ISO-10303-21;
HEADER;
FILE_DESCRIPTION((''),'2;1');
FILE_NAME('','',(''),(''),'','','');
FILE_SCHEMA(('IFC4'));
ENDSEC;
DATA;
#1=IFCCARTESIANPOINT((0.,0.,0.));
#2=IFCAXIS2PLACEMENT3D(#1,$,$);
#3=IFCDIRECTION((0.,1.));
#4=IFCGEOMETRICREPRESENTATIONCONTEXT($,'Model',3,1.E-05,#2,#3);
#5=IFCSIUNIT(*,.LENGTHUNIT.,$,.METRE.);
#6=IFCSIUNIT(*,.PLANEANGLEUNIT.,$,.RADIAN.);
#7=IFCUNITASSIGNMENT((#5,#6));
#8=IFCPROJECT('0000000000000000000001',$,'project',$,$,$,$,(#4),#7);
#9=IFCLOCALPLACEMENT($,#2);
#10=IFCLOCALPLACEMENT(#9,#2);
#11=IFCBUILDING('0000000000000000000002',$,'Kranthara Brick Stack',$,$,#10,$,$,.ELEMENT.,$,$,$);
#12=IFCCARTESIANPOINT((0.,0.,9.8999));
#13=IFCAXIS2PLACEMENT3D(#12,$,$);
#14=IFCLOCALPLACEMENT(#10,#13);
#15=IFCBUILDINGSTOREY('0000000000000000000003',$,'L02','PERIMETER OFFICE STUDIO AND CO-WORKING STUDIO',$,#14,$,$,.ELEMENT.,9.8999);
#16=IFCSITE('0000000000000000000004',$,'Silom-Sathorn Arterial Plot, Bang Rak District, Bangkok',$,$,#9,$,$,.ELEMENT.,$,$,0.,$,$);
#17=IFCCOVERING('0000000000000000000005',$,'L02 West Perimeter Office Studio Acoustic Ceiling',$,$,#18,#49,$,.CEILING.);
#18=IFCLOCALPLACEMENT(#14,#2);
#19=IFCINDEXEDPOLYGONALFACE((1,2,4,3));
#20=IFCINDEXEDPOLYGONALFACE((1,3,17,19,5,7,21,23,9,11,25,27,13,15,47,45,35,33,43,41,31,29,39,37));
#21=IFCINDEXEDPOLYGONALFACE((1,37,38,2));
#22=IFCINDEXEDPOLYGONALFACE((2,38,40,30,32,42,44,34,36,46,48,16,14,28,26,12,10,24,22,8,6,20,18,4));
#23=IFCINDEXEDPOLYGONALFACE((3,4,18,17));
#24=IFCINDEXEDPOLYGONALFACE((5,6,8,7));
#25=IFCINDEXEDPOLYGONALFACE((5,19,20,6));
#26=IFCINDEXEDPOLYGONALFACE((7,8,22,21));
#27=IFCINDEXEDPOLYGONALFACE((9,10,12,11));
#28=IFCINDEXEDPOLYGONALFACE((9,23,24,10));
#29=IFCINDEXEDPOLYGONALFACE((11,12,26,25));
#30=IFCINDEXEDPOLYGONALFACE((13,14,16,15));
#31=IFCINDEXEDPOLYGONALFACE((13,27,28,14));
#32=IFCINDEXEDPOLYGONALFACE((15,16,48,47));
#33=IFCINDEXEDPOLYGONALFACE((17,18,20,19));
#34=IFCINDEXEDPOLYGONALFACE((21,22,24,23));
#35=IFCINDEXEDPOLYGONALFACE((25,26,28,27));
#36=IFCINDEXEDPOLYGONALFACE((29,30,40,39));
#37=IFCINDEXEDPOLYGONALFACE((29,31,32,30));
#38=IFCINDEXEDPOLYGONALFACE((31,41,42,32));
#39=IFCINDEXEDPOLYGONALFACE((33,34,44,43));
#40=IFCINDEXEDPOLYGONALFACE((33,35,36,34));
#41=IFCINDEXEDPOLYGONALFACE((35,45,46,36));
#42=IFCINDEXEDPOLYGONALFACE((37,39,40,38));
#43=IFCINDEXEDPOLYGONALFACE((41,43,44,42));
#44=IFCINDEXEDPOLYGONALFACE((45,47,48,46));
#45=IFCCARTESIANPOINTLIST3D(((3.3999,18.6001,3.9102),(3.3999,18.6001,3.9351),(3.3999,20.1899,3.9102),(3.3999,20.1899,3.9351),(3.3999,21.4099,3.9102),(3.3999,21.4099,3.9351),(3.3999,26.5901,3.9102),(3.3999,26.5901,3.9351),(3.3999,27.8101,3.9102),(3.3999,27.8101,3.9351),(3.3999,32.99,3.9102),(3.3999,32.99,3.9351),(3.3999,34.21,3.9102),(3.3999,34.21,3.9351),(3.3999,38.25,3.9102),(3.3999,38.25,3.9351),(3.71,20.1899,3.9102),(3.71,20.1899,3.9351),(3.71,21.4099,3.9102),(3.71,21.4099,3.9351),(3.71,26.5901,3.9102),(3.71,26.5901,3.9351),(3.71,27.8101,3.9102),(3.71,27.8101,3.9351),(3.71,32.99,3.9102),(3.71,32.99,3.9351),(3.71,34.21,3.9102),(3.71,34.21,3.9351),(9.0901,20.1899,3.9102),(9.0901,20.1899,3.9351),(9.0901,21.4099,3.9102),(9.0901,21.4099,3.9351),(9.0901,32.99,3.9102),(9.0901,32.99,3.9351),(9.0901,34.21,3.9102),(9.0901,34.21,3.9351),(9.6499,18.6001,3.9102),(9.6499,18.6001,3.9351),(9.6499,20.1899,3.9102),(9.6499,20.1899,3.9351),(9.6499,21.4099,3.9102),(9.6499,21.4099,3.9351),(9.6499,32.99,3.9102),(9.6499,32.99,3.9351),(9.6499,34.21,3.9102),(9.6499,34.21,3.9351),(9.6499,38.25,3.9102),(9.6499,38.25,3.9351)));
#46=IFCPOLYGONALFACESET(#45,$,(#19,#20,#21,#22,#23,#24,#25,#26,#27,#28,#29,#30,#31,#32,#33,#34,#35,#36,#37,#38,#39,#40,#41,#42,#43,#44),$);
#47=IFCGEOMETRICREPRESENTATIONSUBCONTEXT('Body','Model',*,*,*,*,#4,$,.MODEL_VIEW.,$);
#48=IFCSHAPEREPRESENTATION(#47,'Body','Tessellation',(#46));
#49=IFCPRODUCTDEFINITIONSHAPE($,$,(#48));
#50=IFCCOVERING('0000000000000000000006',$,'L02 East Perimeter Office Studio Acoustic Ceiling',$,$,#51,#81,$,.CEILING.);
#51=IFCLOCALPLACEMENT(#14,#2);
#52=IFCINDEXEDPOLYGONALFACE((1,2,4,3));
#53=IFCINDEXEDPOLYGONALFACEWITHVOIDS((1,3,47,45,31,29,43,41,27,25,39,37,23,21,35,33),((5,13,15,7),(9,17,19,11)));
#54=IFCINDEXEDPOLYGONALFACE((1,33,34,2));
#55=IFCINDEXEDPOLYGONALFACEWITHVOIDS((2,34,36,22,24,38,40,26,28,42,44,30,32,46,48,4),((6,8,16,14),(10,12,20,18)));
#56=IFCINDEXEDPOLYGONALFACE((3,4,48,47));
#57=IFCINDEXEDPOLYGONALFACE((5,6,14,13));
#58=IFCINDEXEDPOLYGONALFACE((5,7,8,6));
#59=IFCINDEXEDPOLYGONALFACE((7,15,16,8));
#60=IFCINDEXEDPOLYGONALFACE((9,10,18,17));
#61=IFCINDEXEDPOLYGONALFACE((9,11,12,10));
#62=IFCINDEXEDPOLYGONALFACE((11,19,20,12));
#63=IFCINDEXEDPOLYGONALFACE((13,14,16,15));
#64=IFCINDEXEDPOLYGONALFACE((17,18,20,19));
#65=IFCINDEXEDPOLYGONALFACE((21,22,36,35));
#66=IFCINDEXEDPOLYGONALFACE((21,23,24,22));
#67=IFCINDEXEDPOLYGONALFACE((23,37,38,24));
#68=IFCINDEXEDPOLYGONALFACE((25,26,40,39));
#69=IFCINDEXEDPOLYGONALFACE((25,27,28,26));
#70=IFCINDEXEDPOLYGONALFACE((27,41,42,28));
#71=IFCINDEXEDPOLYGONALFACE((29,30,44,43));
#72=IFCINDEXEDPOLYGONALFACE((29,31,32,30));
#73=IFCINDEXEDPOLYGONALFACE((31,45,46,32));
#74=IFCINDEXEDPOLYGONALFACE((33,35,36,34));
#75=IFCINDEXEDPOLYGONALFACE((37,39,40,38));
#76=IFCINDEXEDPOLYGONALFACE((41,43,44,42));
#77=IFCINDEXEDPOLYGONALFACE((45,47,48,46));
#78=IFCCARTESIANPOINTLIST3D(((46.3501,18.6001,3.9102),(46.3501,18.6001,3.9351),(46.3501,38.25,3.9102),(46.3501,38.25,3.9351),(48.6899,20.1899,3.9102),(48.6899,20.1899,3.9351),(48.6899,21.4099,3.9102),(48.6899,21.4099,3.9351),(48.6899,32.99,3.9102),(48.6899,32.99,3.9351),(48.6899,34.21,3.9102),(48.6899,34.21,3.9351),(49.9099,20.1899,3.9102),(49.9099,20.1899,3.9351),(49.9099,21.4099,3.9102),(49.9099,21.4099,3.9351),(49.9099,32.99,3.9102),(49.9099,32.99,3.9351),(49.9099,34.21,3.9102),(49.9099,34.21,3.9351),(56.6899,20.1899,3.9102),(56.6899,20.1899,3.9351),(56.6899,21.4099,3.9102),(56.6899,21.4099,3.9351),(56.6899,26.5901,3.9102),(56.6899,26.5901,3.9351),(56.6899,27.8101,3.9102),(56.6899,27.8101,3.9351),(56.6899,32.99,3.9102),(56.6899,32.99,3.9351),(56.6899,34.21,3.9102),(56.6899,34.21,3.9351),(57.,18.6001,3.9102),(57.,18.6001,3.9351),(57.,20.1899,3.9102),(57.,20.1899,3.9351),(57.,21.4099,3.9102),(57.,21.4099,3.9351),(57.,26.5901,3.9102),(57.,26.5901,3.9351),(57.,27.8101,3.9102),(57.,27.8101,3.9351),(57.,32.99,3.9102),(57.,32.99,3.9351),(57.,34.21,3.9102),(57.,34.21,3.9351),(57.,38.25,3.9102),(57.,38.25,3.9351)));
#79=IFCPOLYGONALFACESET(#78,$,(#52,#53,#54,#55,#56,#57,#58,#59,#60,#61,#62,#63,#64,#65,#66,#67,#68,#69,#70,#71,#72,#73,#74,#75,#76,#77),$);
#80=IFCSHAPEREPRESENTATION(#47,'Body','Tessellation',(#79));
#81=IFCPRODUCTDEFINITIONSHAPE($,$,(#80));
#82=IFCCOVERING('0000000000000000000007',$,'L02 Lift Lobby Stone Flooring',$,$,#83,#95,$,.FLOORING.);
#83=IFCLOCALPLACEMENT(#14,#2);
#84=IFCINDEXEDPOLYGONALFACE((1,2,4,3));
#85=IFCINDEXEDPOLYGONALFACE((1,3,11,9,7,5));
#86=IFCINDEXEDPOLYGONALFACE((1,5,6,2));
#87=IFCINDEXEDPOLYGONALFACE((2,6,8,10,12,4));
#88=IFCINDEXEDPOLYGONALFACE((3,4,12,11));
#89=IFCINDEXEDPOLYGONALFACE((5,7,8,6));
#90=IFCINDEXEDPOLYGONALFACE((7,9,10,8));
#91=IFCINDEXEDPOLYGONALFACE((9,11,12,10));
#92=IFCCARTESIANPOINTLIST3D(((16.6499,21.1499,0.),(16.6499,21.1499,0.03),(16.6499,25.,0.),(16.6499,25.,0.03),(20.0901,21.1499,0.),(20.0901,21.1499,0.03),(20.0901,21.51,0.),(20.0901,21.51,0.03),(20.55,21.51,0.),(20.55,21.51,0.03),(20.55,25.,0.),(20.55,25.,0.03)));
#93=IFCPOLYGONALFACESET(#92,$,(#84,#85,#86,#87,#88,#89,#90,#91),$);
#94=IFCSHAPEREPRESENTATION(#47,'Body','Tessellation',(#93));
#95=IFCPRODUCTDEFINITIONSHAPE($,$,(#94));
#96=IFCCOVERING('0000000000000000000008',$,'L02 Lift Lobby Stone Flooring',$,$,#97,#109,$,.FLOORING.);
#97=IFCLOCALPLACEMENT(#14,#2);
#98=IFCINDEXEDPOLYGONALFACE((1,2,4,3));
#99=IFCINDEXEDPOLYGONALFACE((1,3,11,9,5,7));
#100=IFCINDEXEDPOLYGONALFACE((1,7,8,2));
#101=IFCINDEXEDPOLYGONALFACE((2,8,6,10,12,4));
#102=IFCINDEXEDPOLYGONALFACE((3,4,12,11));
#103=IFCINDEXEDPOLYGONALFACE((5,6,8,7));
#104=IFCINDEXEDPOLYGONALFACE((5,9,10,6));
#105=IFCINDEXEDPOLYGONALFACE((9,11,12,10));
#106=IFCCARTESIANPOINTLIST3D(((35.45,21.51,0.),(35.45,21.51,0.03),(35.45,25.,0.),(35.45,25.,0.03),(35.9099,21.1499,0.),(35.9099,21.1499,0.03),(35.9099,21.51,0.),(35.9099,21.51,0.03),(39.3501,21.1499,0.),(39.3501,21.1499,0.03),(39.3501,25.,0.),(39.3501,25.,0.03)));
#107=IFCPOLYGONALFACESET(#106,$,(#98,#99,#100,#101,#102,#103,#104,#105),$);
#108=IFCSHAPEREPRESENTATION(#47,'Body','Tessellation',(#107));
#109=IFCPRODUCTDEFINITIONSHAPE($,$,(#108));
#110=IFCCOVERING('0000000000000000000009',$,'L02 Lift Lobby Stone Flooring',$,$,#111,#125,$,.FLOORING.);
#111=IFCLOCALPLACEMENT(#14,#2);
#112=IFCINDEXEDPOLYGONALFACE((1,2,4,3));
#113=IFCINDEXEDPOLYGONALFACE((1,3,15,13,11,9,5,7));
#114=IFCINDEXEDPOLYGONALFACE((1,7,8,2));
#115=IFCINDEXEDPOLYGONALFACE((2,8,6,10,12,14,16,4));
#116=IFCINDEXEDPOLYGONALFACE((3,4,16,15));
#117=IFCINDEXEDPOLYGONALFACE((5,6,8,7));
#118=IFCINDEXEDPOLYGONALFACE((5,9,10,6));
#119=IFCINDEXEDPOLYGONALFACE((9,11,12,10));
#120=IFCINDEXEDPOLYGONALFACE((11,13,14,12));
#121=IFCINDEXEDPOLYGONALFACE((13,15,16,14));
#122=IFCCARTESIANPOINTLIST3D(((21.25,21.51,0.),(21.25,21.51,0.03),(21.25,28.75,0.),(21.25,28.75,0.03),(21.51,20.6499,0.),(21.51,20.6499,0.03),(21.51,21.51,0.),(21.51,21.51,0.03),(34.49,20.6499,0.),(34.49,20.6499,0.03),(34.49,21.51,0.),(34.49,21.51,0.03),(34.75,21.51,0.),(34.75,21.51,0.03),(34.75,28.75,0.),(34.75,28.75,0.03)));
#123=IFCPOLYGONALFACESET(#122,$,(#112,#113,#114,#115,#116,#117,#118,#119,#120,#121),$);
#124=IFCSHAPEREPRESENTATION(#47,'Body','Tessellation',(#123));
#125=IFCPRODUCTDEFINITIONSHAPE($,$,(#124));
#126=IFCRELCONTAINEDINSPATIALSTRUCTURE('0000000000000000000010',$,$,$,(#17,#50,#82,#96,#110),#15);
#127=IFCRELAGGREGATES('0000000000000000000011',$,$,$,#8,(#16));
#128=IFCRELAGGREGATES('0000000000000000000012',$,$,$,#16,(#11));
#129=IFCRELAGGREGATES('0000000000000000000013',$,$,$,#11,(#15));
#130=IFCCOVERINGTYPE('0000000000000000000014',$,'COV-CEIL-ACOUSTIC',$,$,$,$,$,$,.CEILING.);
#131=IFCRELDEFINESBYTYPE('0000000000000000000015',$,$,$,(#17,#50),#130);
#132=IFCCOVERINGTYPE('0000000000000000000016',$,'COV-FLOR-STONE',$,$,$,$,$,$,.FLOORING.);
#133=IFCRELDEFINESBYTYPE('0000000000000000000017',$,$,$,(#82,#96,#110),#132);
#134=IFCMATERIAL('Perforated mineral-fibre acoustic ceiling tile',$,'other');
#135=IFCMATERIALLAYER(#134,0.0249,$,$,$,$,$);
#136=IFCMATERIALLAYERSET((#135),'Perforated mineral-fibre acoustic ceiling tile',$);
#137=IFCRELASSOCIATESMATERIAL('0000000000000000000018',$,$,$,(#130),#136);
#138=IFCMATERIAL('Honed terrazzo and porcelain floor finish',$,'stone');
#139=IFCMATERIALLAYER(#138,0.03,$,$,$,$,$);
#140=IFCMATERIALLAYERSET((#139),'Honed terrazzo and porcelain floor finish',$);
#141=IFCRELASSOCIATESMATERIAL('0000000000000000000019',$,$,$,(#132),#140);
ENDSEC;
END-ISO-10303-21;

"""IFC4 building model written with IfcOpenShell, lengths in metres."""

from ifc_helpers import new_model, si_unit, direction, frame, origin, place, context, subcontext, project, spatial, polyline, outline, extrude, material, layer, layer_set, type_object, element, save


model = new_model("IFC4")

# Units and contexts
model_context = context("Model", 3, precision=1e-05, world=origin(), true_north=direction((0.0, 1.0)))
body_context = subcontext(model_context, "Body", "Model", "MODEL_VIEW")
ifc_project = project(units=[si_unit("LENGTHUNIT", "METRE"), si_unit("PLANEANGLEUNIT", "RADIAN")], contexts=[model_context])

# Site, building, storey
site_placement = place(None, origin())
site = spatial("IfcSite", under=ifc_project, at=site_placement, Name="Silom-Sathorn Arterial Plot, Bang Rak District, Bangkok", CompositionType="ELEMENT", RefElevation=0.0)
building_placement = place(site_placement, origin())
building = spatial("IfcBuilding", under=site, at=building_placement, Name="Kranthara Brick Stack", CompositionType="ELEMENT")
storey_placement = place(building_placement, frame((0.0, 0.0, 9.8999)))
storey = spatial("IfcBuildingStorey", under=building, at=storey_placement, Name="L02", Description="PERIMETER OFFICE STUDIO AND CO-WORKING STUDIO", CompositionType="ELEMENT", Elevation=9.8999)

# Coverings
ifc_material_1 = material(Name="Perforated mineral-fibre acoustic ceiling tile", Category="other")
ifc_layer_1 = layer(ifc_material_1, 0.0249)
ifc_layer_set_1 = layer_set([ifc_layer_1], Name="Perforated mineral-fibre acoustic ceiling tile")
covering_type_1 = type_object("IfcCoveringType", Name="COV-CEIL-ACOUSTIC", PredefinedType="CEILING", material=ifc_layer_set_1)
covering_1_placement = place(storey_placement, frame((0.0, 0.0, 3.9102)))
element("IfcCovering", 1, at=covering_1_placement, inside=storey, type_object=covering_type_1, Name="L02 West Perimeter Office Studio Acoustic Ceiling", PredefinedType="CEILING", context=body_context, shape_type="SweptSolid", body=[
    extrude(outline(polyline([(3.3999, 20.1899), (3.71, 20.1899), (3.71, 21.4099), (3.3999, 21.4099), (3.3999, 26.5901), (3.71, 26.5901), (3.71, 27.8101), (3.3999, 27.8101), (3.3999, 32.99), (3.71, 32.99), (3.71, 34.21), (3.3999, 34.21), (3.3999, 38.25), (9.6499, 38.25), (9.6499, 34.21), (9.0901, 34.21), (9.0901, 32.99), (9.6499, 32.99), (9.6499, 21.4099), (9.0901, 21.4099), (9.0901, 20.1899), (9.6499, 20.1899), (9.6499, 18.6001), (3.3999, 18.6001), (3.3999, 20.1899)])), origin(), (0.0, 0.0, 1.0), 0.0249),
])
covering_2_placement = place(storey_placement, frame((0.0, 0.0, 3.9102)))
element("IfcCovering", 2, at=covering_2_placement, inside=storey, type_object=covering_type_1, Name="L02 East Perimeter Office Studio Acoustic Ceiling", PredefinedType="CEILING", context=body_context, shape_type="SweptSolid", body=[
    extrude(outline(polyline([(57.0, 34.21), (56.6899, 34.21), (56.6899, 32.99), (57.0, 32.99), (57.0, 27.8101), (56.6899, 27.8101), (56.6899, 26.5901), (57.0, 26.5901), (57.0, 21.4099), (56.6899, 21.4099), (56.6899, 20.1899), (57.0, 20.1899), (57.0, 18.6001), (46.3501, 18.6001), (46.3501, 38.25), (57.0, 38.25), (57.0, 34.21)]), holes=[polyline([(48.6899, 21.4099), (48.6899, 20.1899), (49.9099, 20.1899), (49.9099, 21.4099), (48.6899, 21.4099)]), polyline([(49.9099, 34.21), (48.6899, 34.21), (48.6899, 32.99), (49.9099, 32.99), (49.9099, 34.21)])]), origin(), (0.0, 0.0, 1.0), 0.0249),
])
ifc_material_2 = material(Name="Honed terrazzo and porcelain floor finish", Category="stone")
ifc_layer_2 = layer(ifc_material_2, 0.03)
ifc_layer_set_2 = layer_set([ifc_layer_2], Name="Honed terrazzo and porcelain floor finish")
covering_type_2 = type_object("IfcCoveringType", Name="COV-FLOR-STONE", PredefinedType="FLOORING", material=ifc_layer_set_2)
covering_3_placement = place(storey_placement, origin())
element("IfcCovering", 3, at=covering_3_placement, inside=storey, type_object=covering_type_2, Name="L02 Lift Lobby Stone Flooring", PredefinedType="FLOORING", context=body_context, shape_type="SweptSolid", body=[
    extrude(outline(polyline([(16.6499, 21.1499), (16.6499, 25.0), (20.55, 25.0), (20.55, 21.51), (20.0901, 21.51), (20.0901, 21.1499), (16.6499, 21.1499)])), origin(), (0.0, 0.0, 1.0), 0.03),
])
covering_4_placement = place(storey_placement, origin())
element("IfcCovering", 4, at=covering_4_placement, inside=storey, type_object=covering_type_2, Name="L02 Lift Lobby Stone Flooring", PredefinedType="FLOORING", context=body_context, shape_type="SweptSolid", body=[
    extrude(outline(polyline([(35.45, 25.0), (39.3501, 25.0), (39.3501, 21.1499), (35.9099, 21.1499), (35.9099, 21.51), (35.45, 21.51), (35.45, 25.0)])), origin(), (0.0, 0.0, 1.0), 0.03),
])
covering_5_placement = place(storey_placement, origin())
element("IfcCovering", 5, at=covering_5_placement, inside=storey, type_object=covering_type_2, Name="L02 Lift Lobby Stone Flooring", PredefinedType="FLOORING", context=body_context, shape_type="SweptSolid", body=[
    extrude(outline(polyline([(34.75, 21.51), (34.49, 21.51), (34.49, 20.6499), (21.51, 20.6499), (21.51, 21.51), (21.25, 21.51), (21.25, 28.75), (34.75, 28.75), (34.75, 21.51)])), origin(), (0.0, 0.0, 1.0), 0.03),
])

save(model, "model.ifc")
